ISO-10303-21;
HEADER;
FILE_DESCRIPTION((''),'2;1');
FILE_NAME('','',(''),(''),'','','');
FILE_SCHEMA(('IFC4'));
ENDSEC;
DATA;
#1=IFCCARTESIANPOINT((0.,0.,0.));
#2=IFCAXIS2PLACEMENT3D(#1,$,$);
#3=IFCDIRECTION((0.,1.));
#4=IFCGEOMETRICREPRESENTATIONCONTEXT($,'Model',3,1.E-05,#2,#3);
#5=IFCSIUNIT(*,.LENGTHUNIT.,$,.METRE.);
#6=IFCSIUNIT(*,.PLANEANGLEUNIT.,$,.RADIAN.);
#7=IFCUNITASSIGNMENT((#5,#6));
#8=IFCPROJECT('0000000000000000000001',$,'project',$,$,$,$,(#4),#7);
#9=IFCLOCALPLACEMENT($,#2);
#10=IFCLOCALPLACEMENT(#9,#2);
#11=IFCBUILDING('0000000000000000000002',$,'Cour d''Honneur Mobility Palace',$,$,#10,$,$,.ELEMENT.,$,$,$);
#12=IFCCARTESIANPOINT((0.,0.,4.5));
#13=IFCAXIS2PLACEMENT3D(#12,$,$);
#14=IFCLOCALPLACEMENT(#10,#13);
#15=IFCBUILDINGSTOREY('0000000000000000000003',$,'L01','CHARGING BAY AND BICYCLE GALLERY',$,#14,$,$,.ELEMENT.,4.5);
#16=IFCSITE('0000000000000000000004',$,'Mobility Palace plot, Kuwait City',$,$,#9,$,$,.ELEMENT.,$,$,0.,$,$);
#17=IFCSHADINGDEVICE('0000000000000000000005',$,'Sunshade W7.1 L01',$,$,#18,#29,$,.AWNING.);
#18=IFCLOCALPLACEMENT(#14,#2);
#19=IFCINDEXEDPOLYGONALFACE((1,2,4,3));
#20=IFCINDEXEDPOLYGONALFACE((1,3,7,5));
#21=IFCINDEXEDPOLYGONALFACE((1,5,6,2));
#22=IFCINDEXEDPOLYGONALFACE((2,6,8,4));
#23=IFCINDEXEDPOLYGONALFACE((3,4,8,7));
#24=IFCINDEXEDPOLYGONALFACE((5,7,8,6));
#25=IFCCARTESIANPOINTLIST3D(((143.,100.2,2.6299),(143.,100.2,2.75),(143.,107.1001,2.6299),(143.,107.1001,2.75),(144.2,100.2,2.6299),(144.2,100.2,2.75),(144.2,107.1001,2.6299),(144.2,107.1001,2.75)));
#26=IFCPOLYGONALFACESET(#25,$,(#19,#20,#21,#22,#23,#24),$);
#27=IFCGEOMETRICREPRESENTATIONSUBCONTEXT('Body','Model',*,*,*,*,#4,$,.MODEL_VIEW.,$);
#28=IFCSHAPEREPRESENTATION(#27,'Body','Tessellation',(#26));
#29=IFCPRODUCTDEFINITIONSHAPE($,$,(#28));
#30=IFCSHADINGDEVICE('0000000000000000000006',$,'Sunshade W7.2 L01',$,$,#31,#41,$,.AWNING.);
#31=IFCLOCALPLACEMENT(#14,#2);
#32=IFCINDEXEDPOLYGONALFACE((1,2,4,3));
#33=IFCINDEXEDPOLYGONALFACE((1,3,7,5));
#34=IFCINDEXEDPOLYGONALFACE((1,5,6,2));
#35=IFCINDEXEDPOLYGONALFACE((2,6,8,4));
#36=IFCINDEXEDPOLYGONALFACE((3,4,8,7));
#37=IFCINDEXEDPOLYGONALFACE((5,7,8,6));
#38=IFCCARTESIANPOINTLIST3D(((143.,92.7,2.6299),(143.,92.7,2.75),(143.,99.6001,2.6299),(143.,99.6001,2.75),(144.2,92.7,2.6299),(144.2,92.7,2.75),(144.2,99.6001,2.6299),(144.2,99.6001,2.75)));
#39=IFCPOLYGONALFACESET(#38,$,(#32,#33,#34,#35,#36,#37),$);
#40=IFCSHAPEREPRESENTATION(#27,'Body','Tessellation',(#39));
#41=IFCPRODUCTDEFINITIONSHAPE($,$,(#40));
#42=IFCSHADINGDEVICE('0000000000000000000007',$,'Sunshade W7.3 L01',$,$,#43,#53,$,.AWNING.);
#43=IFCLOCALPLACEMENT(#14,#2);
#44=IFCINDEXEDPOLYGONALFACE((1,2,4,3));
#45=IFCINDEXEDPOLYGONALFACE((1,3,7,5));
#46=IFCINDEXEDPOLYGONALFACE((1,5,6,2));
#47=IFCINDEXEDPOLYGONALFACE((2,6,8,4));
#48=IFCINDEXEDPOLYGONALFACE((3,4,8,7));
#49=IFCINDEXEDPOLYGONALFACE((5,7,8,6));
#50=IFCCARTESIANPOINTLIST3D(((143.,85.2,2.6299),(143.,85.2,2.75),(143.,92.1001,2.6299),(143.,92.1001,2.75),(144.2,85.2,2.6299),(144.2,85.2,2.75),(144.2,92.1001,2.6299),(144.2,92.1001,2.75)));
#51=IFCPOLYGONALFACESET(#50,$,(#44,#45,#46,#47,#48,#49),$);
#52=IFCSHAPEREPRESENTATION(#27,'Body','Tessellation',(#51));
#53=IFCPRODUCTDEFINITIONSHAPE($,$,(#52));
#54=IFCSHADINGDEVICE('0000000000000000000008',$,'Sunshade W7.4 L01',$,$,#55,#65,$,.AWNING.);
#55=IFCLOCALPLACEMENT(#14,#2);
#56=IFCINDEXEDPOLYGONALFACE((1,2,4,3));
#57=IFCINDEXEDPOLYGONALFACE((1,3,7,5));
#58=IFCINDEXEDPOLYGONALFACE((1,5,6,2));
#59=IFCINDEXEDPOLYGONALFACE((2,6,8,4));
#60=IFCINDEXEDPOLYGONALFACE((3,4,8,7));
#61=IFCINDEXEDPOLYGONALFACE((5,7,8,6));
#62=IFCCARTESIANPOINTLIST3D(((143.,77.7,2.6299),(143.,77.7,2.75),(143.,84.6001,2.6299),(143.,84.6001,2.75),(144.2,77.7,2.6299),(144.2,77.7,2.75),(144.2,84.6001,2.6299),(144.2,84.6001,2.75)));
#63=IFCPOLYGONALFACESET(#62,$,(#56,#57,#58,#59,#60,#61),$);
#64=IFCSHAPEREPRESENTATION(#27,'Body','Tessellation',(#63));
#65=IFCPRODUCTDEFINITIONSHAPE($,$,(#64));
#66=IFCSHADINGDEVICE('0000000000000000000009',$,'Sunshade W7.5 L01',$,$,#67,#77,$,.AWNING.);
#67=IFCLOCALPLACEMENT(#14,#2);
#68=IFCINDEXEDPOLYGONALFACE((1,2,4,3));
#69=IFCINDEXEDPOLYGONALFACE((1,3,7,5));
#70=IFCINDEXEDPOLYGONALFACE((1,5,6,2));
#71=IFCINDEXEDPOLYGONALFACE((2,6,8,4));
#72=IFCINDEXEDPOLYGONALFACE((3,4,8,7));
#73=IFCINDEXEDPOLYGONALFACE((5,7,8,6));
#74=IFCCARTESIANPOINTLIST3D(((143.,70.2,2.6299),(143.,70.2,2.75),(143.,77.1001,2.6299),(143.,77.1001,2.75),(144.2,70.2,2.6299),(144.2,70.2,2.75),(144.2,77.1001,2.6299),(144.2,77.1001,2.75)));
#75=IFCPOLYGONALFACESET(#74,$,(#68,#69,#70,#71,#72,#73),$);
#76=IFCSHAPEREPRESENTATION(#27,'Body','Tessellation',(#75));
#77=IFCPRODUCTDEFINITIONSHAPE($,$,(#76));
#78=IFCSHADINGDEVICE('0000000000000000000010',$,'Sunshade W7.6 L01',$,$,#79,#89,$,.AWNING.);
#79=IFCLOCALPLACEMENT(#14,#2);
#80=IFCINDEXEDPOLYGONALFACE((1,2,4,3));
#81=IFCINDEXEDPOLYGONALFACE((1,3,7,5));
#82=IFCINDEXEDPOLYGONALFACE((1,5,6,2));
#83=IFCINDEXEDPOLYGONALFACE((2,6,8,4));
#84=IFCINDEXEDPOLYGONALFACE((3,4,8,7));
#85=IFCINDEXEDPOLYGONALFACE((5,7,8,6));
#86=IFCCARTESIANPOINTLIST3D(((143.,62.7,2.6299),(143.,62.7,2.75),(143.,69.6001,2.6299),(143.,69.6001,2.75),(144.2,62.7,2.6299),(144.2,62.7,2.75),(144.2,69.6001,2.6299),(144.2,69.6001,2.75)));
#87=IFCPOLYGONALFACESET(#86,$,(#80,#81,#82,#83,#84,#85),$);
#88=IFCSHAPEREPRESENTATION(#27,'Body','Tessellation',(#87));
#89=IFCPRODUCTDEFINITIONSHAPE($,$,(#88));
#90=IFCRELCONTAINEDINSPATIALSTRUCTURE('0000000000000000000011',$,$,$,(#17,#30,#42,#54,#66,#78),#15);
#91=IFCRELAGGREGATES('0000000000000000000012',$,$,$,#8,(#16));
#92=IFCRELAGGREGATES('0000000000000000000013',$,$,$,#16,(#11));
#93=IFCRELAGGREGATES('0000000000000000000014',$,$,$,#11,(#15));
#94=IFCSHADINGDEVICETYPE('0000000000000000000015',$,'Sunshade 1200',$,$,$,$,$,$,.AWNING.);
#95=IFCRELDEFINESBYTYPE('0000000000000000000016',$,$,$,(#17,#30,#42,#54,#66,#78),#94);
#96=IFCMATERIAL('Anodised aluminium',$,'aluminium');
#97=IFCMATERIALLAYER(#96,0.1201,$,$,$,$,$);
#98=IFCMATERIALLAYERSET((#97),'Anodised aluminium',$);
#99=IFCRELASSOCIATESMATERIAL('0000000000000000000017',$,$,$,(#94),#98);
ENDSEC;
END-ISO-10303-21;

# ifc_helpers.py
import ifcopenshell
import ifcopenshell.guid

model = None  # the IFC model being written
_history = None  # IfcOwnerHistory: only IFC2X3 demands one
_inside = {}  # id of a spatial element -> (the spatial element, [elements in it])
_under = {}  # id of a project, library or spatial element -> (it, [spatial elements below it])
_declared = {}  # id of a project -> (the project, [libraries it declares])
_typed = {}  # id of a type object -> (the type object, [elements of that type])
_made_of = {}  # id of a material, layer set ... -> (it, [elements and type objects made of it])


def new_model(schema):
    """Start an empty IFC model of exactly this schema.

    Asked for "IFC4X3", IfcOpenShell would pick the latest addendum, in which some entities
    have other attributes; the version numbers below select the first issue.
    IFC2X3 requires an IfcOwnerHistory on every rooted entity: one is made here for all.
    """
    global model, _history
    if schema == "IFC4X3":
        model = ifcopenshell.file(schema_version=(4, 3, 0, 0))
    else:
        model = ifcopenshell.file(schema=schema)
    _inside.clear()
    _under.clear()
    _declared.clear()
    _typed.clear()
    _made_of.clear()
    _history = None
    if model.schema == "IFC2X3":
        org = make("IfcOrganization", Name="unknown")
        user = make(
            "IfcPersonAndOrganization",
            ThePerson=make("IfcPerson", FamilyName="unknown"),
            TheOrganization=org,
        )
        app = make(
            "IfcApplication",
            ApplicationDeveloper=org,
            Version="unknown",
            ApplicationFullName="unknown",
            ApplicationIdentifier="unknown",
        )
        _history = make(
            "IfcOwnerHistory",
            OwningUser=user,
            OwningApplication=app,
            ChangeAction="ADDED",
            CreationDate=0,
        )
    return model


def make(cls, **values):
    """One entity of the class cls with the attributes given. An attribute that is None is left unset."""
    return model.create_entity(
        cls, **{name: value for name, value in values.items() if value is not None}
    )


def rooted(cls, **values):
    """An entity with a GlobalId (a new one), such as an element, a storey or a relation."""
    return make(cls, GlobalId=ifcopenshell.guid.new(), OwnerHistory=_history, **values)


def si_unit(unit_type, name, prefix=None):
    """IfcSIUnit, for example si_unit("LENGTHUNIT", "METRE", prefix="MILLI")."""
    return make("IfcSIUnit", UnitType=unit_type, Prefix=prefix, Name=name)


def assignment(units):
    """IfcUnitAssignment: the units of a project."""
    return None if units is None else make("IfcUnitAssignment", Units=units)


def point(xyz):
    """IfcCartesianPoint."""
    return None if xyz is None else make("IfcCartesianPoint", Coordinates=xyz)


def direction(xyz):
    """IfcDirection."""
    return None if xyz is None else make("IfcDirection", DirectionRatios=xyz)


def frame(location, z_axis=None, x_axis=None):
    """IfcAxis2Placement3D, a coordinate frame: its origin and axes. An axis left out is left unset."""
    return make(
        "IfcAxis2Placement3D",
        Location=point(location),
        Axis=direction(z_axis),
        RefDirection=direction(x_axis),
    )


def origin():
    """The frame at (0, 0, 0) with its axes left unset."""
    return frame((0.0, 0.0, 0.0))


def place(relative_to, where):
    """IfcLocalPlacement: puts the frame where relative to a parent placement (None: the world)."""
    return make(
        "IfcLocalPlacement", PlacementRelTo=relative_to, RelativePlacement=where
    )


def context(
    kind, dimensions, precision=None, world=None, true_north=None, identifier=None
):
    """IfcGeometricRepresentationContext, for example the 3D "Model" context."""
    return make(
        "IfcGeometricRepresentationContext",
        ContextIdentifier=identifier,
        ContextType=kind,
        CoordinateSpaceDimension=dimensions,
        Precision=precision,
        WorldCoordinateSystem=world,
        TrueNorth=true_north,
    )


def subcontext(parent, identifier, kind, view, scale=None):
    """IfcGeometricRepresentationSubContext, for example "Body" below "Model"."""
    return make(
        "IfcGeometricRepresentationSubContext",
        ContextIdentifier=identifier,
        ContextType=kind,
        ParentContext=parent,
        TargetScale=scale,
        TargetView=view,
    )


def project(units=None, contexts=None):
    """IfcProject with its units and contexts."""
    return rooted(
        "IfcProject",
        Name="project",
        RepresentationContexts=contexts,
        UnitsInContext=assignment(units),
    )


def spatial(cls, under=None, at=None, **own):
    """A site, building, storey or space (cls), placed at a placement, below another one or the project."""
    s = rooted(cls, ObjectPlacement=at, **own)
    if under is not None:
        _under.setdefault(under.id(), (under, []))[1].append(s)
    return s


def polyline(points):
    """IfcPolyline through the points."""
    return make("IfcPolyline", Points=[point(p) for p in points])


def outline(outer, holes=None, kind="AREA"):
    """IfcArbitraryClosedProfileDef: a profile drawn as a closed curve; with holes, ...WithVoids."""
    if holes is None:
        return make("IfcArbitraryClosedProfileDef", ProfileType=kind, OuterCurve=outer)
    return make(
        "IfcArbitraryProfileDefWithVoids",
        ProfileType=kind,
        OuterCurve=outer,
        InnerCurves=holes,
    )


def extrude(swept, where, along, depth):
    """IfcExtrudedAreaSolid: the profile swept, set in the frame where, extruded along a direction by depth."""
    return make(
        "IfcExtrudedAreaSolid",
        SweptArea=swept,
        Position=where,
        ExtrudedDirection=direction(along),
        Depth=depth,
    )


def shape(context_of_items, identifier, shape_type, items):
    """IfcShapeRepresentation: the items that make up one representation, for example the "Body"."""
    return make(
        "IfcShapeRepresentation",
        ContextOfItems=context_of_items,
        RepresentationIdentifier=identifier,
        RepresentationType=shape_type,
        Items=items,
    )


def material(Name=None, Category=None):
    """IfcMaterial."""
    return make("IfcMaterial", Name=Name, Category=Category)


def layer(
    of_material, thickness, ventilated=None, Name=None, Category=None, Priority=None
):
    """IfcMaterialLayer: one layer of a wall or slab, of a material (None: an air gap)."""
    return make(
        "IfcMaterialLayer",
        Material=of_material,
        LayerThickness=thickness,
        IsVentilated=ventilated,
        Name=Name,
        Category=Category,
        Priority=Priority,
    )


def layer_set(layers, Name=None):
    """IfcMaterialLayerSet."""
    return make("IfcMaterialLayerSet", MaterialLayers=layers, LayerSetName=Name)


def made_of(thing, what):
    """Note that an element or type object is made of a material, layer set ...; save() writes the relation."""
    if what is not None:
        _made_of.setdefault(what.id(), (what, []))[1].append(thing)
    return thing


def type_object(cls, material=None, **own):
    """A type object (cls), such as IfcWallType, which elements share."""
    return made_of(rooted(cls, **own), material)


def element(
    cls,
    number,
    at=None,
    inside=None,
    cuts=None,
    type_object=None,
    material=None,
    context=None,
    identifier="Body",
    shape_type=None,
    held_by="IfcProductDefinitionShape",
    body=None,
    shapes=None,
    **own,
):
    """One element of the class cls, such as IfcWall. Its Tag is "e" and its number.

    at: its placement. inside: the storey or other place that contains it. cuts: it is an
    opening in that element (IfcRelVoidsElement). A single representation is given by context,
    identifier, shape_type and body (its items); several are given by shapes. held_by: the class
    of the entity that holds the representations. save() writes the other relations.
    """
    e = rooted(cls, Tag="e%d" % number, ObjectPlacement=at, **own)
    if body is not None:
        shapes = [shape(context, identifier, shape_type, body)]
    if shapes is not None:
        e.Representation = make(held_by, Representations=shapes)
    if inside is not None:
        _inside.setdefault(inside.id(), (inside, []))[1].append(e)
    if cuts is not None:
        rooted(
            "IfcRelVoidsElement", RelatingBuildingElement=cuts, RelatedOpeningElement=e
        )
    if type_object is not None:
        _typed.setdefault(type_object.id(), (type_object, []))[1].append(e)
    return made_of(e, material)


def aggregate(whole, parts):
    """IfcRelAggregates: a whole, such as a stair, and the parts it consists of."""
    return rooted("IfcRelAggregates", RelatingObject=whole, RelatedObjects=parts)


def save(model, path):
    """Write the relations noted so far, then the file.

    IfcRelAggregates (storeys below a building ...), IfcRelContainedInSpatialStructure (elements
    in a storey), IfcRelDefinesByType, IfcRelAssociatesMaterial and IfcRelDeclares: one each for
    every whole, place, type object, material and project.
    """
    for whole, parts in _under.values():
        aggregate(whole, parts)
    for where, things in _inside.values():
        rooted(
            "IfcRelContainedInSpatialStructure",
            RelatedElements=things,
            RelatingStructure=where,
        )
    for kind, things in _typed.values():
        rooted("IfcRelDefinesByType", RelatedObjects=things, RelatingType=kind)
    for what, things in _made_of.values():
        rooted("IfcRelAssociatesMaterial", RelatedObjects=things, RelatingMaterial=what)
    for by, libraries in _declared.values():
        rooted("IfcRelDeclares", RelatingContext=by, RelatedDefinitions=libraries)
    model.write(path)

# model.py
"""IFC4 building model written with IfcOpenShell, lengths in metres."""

from ifc_helpers import new_model, si_unit, direction, frame, origin, place, context, subcontext, project, spatial, polyline, outline, extrude, material, layer, layer_set, type_object, element, save


model = new_model("IFC4")

# Units and contexts
model_context = context("Model", 3, precision=1e-05, world=origin(), true_north=direction((0.0, 1.0)))
body_context = subcontext(model_context, "Body", "Model", "MODEL_VIEW")
ifc_project = project(units=[si_unit("LENGTHUNIT", "METRE"), si_unit("PLANEANGLEUNIT", "RADIAN")], contexts=[model_context])

# Site, building, storey
site_placement = place(None, origin())
site = spatial("IfcSite", under=ifc_project, at=site_placement, Name="Mobility Palace plot, Kuwait City", CompositionType="ELEMENT", RefElevation=0.0)
building_placement = place(site_placement, origin())
building = spatial("IfcBuilding", under=site, at=building_placement, Name="Cour d'Honneur Mobility Palace", CompositionType="ELEMENT")
storey_placement = place(building_placement, frame((0.0, 0.0, 4.5)))
storey = spatial("IfcBuildingStorey", under=building, at=storey_placement, Name="L01", Description="CHARGING BAY AND BICYCLE GALLERY", CompositionType="ELEMENT", Elevation=4.5)

# Shading devices
ifc_material_1 = material(Name="Anodised aluminium", Category="aluminium")
ifc_layer_1 = layer(ifc_material_1, 0.1201)
ifc_layer_set_1 = layer_set([ifc_layer_1], Name="Anodised aluminium")
shading_device_type = type_object("IfcShadingDeviceType", Name="Sunshade 1200", PredefinedType="AWNING", material=ifc_layer_set_1)
shading_device_1_placement = place(storey_placement, frame((0.0, 0.0, 2.6299)))
element("IfcShadingDevice", 1, at=shading_device_1_placement, inside=storey, type_object=shading_device_type, Name="Sunshade W7.1 L01", PredefinedType="AWNING", context=body_context, shape_type="SweptSolid", body=[
    extrude(outline(polyline([(144.2, 107.1001), (144.2, 100.2), (143.0, 100.2), (143.0, 107.1001), (144.2, 107.1001)])), origin(), (0.0, 0.0, 1.0), 0.1201),
])
shading_device_2_placement = place(storey_placement, frame((0.0, 0.0, 2.6299)))
element("IfcShadingDevice", 2, at=shading_device_2_placement, inside=storey, type_object=shading_device_type, Name="Sunshade W7.2 L01", PredefinedType="AWNING", context=body_context, shape_type="SweptSolid", body=[
    extrude(outline(polyline([(144.2, 99.6001), (144.2, 92.7), (143.0, 92.7), (143.0, 99.6001), (144.2, 99.6001)])), origin(), (0.0, 0.0, 1.0), 0.1201),
])
shading_device_3_placement = place(storey_placement, frame((0.0, 0.0, 2.6299)))
element("IfcShadingDevice", 3, at=shading_device_3_placement, inside=storey, type_object=shading_device_type, Name="Sunshade W7.3 L01", PredefinedType="AWNING", context=body_context, shape_type="SweptSolid", body=[
    extrude(outline(polyline([(144.2, 92.1001), (144.2, 85.2), (143.0, 85.2), (143.0, 92.1001), (144.2, 92.1001)])), origin(), (0.0, 0.0, 1.0), 0.1201),
])
shading_device_4_placement = place(storey_placement, frame((0.0, 0.0, 2.6299)))
element("IfcShadingDevice", 4, at=shading_device_4_placement, inside=storey, type_object=shading_device_type, Name="Sunshade W7.4 L01", PredefinedType="AWNING", context=body_context, shape_type="SweptSolid", body=[
    extrude(outline(polyline([(144.2, 84.6001), (144.2, 77.7), (143.0, 77.7), (143.0, 84.6001), (144.2, 84.6001)])), origin(), (0.0, 0.0, 1.0), 0.1201),
])
shading_device_5_placement = place(storey_placement, frame((0.0, 0.0, 2.6299)))
element("IfcShadingDevice", 5, at=shading_device_5_placement, inside=storey, type_object=shading_device_type, Name="Sunshade W7.5 L01", PredefinedType="AWNING", context=body_context, shape_type="SweptSolid", body=[
    extrude(outline(polyline([(144.2, 77.1001), (144.2, 70.2), (143.0, 70.2), (143.0, 77.1001), (144.2, 77.1001)])), origin(), (0.0, 0.0, 1.0), 0.1201),
])
shading_device_6_placement = place(storey_placement, frame((0.0, 0.0, 2.6299)))
element("IfcShadingDevice", 6, at=shading_device_6_placement, inside=storey, type_object=shading_device_type, Name="Sunshade W7.6 L01", PredefinedType="AWNING", context=body_context, shape_type="SweptSolid", body=[
    extrude(outline(polyline([(144.2, 69.6001), (144.2, 62.7), (143.0, 62.7), (143.0, 69.6001), (144.2, 69.6001)])), origin(), (0.0, 0.0, 1.0), 0.1201),
])

save(model, "model.ifc")
